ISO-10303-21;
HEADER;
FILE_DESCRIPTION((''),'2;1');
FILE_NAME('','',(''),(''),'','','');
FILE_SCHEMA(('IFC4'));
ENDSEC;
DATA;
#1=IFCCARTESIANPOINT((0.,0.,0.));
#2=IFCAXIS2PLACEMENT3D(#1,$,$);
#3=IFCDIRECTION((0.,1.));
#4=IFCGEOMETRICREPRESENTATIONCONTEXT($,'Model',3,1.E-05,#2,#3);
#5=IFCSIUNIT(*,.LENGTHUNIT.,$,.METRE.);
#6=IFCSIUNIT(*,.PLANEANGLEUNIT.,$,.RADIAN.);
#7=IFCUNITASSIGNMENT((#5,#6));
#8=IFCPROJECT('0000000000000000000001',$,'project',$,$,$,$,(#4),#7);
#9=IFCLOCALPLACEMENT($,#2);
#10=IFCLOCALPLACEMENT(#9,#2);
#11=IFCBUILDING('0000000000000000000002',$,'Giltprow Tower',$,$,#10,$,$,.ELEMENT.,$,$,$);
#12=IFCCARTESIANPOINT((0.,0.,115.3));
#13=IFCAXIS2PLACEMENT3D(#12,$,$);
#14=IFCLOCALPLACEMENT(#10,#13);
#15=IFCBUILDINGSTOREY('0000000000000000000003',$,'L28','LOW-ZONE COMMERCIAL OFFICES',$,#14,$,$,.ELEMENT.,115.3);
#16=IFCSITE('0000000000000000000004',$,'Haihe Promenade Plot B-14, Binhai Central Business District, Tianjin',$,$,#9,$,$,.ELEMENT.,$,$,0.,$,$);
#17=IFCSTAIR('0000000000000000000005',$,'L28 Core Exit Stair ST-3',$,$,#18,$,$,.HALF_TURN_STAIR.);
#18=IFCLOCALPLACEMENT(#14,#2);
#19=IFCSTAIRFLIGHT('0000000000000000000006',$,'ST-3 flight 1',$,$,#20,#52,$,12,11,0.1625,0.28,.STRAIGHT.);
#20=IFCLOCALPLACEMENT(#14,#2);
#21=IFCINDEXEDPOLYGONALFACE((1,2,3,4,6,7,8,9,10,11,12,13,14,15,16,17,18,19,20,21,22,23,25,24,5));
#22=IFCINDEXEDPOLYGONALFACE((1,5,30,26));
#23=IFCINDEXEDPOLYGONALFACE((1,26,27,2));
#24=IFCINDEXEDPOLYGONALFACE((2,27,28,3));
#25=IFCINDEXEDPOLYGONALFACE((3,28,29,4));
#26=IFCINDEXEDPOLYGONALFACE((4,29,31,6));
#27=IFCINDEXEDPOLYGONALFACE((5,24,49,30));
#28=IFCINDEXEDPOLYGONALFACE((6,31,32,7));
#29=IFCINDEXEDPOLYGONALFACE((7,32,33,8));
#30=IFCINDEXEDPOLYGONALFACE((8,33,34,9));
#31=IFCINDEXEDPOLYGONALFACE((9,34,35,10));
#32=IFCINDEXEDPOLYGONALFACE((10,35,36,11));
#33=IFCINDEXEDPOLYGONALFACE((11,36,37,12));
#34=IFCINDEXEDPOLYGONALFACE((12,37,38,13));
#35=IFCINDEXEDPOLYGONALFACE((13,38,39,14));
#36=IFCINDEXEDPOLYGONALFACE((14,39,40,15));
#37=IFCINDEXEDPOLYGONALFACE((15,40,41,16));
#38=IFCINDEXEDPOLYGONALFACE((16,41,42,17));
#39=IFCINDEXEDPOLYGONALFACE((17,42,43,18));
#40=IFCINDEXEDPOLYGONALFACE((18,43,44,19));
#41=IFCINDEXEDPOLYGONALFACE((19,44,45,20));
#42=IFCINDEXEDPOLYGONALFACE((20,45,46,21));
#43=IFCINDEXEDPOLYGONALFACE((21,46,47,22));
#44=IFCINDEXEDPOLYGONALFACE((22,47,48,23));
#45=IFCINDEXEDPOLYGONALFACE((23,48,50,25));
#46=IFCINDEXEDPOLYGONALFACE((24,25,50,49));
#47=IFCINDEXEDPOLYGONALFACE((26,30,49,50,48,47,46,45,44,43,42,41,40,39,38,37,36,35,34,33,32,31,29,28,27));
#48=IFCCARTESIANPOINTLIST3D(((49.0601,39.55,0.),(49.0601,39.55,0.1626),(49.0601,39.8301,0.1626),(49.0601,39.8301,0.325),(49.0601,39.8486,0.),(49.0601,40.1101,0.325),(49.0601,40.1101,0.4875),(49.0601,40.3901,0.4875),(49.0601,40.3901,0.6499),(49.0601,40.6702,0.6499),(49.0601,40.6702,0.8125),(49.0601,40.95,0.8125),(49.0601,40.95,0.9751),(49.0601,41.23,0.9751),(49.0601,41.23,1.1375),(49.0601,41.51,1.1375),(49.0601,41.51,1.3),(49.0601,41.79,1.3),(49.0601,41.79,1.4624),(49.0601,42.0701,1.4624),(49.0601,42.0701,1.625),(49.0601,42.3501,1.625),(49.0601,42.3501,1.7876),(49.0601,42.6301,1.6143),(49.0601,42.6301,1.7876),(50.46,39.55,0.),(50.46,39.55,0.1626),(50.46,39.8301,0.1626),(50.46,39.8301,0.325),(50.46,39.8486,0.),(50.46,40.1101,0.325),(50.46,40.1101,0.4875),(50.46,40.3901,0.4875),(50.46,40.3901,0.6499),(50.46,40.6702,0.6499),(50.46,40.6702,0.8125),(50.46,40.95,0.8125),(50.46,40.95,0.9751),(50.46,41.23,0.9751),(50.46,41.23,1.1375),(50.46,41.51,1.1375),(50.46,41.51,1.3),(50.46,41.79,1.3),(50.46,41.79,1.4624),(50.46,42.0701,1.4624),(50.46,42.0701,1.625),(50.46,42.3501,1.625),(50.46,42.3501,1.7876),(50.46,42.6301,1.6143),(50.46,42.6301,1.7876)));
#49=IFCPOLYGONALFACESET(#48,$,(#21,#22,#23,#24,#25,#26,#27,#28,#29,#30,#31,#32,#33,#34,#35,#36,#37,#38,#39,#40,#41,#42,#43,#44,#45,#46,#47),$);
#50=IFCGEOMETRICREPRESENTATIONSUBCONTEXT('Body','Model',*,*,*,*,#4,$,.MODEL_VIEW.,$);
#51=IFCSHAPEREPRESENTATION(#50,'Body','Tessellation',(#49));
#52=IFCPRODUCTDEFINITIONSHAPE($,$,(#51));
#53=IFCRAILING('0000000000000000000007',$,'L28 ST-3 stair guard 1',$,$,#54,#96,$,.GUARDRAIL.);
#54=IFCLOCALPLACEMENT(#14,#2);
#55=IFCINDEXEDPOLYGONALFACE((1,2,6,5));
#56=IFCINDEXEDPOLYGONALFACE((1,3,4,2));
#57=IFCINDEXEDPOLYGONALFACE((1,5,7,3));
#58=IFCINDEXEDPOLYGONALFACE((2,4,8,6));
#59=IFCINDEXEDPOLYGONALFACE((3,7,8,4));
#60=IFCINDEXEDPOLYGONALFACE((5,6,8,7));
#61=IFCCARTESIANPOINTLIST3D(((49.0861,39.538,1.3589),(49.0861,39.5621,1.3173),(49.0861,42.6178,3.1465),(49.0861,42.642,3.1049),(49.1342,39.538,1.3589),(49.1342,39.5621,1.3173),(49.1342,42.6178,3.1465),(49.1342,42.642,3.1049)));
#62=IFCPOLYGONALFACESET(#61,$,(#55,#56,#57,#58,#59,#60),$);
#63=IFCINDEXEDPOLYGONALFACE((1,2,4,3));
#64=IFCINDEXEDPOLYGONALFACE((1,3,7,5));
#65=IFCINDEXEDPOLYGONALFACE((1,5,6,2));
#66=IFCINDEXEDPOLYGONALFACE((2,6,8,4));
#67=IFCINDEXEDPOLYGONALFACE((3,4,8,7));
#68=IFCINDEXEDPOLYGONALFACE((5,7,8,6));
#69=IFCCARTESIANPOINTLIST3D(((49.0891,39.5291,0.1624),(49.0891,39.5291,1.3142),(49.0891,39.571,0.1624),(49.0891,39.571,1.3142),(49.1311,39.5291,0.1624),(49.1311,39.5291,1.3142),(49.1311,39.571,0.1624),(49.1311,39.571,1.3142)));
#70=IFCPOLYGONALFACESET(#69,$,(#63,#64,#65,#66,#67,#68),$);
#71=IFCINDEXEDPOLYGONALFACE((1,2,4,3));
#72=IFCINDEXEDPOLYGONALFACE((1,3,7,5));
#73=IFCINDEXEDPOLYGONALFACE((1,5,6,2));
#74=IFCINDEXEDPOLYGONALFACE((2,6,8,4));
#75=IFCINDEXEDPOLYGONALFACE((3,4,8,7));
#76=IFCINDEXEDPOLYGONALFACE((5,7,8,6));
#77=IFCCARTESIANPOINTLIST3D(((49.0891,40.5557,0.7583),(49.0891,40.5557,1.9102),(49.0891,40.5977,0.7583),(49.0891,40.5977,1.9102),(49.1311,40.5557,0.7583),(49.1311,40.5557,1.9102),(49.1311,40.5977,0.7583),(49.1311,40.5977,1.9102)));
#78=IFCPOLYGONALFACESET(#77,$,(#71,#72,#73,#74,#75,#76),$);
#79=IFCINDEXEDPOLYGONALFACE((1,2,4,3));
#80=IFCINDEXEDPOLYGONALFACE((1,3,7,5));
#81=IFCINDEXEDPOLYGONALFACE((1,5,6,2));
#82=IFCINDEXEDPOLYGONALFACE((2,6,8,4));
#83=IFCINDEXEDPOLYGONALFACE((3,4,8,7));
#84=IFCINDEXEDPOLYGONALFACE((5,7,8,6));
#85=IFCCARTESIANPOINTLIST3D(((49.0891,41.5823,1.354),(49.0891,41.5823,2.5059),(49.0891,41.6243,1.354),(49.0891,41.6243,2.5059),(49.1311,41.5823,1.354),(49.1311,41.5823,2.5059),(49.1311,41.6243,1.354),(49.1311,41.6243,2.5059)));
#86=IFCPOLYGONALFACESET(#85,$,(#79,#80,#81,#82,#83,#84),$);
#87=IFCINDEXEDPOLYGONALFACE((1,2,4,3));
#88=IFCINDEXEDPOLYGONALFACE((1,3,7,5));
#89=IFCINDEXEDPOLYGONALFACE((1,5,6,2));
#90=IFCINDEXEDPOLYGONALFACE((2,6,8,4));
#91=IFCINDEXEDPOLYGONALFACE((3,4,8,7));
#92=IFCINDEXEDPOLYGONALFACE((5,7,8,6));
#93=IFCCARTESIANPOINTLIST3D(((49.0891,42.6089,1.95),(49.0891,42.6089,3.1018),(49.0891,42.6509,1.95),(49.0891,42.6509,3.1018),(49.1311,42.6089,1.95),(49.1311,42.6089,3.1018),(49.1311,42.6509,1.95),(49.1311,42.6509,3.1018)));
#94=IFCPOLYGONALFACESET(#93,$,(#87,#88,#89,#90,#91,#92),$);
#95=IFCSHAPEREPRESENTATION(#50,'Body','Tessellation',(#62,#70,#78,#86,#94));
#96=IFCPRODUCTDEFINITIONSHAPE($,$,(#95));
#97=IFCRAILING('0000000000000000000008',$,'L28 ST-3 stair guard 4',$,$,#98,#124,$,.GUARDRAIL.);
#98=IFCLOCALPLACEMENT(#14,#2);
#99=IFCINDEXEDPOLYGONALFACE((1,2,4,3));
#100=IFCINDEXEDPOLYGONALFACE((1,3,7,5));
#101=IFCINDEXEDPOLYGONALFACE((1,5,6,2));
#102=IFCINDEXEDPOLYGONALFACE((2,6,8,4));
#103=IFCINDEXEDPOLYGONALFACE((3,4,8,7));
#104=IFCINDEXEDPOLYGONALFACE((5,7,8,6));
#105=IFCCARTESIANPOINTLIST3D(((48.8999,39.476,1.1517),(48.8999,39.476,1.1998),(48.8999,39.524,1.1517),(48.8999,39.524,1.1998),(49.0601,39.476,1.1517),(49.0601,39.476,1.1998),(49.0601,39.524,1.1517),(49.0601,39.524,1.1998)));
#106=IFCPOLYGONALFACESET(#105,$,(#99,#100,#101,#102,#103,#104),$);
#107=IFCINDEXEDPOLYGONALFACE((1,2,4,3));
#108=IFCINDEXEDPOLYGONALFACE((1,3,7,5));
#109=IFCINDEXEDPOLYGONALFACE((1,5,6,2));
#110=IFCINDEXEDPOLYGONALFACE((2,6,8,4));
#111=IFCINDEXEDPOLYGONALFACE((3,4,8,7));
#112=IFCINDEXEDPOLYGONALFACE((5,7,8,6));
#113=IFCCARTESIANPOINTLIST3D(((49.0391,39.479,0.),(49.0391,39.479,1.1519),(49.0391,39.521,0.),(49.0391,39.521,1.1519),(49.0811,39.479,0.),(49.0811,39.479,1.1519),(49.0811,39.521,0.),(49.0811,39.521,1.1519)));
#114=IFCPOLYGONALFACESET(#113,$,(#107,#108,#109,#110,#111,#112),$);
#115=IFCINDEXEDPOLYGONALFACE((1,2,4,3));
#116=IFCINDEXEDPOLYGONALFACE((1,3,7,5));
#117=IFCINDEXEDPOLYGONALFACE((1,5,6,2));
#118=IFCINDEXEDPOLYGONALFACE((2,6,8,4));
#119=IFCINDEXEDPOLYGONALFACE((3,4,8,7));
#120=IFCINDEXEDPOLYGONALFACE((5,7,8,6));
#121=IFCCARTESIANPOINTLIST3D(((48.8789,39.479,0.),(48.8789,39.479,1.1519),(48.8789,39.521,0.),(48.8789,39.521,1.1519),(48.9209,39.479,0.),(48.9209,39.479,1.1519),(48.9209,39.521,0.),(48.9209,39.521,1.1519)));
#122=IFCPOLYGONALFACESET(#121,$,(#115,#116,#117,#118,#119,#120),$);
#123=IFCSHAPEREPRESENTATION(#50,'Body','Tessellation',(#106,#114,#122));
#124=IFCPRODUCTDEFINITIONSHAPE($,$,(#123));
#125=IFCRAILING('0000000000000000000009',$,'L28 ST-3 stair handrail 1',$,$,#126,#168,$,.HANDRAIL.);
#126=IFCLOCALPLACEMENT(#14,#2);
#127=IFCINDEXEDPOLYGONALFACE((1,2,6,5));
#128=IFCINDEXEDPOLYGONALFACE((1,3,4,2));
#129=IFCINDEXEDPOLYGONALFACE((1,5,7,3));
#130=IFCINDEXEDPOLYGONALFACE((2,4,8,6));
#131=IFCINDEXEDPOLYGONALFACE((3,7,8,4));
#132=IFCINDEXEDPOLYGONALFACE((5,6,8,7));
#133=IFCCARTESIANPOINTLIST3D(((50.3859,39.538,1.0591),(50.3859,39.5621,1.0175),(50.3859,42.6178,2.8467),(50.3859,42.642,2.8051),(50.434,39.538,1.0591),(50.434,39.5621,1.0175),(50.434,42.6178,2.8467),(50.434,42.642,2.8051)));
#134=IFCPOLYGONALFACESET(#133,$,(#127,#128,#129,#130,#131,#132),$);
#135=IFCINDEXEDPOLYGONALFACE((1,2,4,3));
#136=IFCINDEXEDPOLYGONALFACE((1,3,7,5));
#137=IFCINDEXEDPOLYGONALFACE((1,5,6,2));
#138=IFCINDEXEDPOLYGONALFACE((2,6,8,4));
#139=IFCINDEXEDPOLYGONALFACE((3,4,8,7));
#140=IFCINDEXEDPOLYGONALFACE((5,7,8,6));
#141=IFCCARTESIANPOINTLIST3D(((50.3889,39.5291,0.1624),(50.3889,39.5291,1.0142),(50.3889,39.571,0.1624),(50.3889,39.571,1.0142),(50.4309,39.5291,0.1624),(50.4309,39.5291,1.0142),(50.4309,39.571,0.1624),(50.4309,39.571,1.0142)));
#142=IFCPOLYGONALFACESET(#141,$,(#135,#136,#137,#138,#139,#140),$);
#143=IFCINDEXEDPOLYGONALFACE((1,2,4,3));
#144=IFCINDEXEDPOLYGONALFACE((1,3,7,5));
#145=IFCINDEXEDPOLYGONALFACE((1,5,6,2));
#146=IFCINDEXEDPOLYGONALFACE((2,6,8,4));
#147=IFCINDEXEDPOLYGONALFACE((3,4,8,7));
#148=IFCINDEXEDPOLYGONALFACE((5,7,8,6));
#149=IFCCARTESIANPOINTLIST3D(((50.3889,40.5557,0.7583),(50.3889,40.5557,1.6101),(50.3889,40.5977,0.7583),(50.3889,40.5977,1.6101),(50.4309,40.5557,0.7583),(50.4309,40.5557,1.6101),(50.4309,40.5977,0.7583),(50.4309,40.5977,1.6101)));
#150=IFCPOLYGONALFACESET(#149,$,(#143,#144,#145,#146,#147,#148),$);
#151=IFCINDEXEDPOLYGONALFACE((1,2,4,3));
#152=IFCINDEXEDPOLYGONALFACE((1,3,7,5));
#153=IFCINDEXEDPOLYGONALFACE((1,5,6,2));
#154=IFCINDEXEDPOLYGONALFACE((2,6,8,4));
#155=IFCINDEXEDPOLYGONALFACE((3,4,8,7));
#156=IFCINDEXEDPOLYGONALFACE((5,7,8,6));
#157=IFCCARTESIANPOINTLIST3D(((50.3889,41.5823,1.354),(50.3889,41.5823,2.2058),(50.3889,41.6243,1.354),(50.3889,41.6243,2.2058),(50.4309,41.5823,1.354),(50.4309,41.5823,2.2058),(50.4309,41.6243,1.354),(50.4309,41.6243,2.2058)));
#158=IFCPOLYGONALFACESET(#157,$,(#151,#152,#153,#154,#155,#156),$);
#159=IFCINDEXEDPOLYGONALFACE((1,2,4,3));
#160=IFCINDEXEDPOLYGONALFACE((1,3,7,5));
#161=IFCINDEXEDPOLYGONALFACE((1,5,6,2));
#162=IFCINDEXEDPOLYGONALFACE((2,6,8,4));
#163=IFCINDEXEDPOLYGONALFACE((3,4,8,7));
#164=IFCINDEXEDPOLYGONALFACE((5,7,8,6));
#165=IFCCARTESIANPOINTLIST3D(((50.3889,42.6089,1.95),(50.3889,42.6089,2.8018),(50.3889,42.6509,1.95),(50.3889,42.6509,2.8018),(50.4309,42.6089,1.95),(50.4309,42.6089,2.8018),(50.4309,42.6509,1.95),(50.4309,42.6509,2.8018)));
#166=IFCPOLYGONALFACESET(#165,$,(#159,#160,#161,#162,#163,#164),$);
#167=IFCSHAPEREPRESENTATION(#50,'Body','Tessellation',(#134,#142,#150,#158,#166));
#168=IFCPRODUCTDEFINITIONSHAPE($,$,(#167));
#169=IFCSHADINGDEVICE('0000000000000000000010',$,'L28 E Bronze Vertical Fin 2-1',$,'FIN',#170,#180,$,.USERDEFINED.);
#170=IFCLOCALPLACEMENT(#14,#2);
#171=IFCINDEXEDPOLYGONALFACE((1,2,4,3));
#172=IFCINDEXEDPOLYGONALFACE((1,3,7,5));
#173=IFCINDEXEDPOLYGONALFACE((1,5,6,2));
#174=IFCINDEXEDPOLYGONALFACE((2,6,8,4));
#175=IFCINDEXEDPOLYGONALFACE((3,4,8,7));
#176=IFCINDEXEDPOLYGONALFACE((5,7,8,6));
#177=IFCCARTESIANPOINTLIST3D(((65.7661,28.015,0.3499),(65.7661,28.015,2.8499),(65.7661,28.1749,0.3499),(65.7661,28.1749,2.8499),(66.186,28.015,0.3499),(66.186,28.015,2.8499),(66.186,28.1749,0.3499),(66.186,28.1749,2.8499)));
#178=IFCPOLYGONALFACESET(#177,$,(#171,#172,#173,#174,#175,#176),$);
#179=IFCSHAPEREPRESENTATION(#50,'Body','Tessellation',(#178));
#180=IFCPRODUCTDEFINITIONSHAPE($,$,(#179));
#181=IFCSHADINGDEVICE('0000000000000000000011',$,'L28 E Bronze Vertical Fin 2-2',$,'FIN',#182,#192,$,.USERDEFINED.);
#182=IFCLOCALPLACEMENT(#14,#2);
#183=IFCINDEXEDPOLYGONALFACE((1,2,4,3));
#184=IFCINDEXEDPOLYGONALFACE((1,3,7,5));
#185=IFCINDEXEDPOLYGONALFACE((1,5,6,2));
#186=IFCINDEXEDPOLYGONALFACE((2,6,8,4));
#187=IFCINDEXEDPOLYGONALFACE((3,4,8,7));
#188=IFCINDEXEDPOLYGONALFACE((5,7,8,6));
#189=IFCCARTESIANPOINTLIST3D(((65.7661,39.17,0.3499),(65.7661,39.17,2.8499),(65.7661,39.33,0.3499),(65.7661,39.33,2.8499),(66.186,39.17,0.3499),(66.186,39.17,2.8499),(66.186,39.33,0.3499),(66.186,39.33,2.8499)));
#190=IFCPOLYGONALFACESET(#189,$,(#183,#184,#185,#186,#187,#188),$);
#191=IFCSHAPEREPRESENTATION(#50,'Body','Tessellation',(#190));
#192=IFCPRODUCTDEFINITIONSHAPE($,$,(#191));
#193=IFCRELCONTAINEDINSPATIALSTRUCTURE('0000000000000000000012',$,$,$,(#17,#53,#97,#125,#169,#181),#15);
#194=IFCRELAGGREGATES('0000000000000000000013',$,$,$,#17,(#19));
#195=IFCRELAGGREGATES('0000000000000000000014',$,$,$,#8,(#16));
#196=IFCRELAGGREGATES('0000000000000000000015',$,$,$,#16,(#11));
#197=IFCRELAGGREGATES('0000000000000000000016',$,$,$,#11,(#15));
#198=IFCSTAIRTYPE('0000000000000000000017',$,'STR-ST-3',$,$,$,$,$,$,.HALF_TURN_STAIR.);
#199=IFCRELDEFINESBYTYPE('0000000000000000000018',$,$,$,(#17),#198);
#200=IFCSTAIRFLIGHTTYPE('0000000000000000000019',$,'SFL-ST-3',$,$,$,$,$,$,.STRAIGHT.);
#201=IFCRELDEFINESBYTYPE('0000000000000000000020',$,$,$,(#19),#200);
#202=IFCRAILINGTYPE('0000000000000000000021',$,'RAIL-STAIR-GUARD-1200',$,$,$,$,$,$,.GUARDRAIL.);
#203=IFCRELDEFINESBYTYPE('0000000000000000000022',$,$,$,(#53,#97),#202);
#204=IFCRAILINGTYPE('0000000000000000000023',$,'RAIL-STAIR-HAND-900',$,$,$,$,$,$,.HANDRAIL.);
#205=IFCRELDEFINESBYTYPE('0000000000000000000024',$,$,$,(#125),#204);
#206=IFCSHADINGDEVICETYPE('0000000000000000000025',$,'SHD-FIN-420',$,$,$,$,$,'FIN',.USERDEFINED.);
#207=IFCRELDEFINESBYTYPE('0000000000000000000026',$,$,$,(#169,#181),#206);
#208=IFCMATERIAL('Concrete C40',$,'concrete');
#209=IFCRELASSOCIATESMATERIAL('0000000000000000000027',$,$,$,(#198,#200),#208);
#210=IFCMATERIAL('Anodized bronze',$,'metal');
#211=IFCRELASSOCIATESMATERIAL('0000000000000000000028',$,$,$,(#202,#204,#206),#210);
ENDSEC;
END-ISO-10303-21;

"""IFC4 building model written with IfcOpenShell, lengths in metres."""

from ifc_helpers import new_model, si_unit, direction, frame, origin, origin_2d, place, context, subcontext, project, spatial, polyline, rectangle, outline, extrude, source, transform, mapped, material, type_object, element, aggregate, save


model = new_model("IFC4")

# Units and contexts
model_context = context("Model", 3, precision=1e-05, world=origin(), true_north=direction((0.0, 1.0)))
body_context = subcontext(model_context, "Body", "Model", "MODEL_VIEW")
ifc_project = project(units=[si_unit("LENGTHUNIT", "METRE"), si_unit("PLANEANGLEUNIT", "RADIAN")], contexts=[model_context])

# Site, building, storey
site_placement = place(None, origin())
site = spatial("IfcSite", under=ifc_project, at=site_placement, Name="Haihe Promenade Plot B-14, Binhai Central Business District, Tianjin", CompositionType="ELEMENT", RefElevation=0.0)
building_placement = place(site_placement, origin())
building = spatial("IfcBuilding", under=site, at=building_placement, Name="Giltprow Tower", CompositionType="ELEMENT")
storey_placement = place(building_placement, frame((0.0, 0.0, 115.3)))
storey = spatial("IfcBuildingStorey", under=building, at=storey_placement, Name="L28", Description="LOW-ZONE COMMERCIAL OFFICES", CompositionType="ELEMENT", Elevation=115.3)

# Shared definitions
ifc_material_1 = material(Name="Concrete C40", Category="concrete")

# Stair, stair flight
stair_type = type_object("IfcStairType", Name="STR-ST-3", PredefinedType="HALF_TURN_STAIR", material=ifc_material_1)
stair_placement = place(storey_placement, origin())
stair = element("IfcStair", 1, at=stair_placement, inside=storey, type_object=stair_type, Name="L28 Core Exit Stair ST-3", PredefinedType="HALF_TURN_STAIR")
stair_flight_type = type_object("IfcStairFlightType", Name="SFL-ST-3", PredefinedType="STRAIGHT", material=ifc_material_1)
stair_flight_placement = place(storey_placement, frame((49.76, 39.55, 0.0), z_axis=(0.0, 0.0, 1.0), x_axis=(0.0, 1.0, 0.0)))
stair_flight = element("IfcStairFlight", 2, at=stair_flight_placement, type_object=stair_flight_type, Name="ST-3 flight 1", NumberOfRisers=12, NumberOfTreads=11, PredefinedType="STRAIGHT", RiserHeight=0.1625, TreadLength=0.28, context=body_context, shape_type="SweptSolid", body=[
    extrude(outline(polyline([(0.0, 0.0), (0.0, 0.1626), (0.28, 0.1626), (0.28, 0.325), (0.5601, 0.325), (0.5601, 0.4875), (0.8401, 0.4875), (0.8401, 0.6499), (1.1201, 0.6499), (1.1201, 0.8125), (1.3999, 0.8125), (1.3999, 0.9751), (1.6799, 0.9751), (1.6799, 1.1375), (1.96, 1.1375), (1.96, 1.3), (2.24, 1.3), (2.24, 1.4624), (2.52, 1.4624), (2.52, 1.625), (2.8, 1.625), (2.8, 1.7876), (3.0801, 1.7876), (3.0801, 1.95), (3.0801, 1.6143), (0.2986, 0.0), (0.0, 0.0)])), frame((0.0, 0.7, 0.0), z_axis=(0.0, -1.0, 0.0), x_axis=(1.0, 0.0, 0.0)), (0.0, 0.0, 1.0), 1.3999),
])
aggregate(stair, [stair_flight])

# Railings
ifc_material_2 = material(Name="Anodized bronze", Category="metal")
railing_type_1 = type_object("IfcRailingType", Name="RAIL-STAIR-GUARD-1200", PredefinedType="GUARDRAIL", material=ifc_material_2)
railing_1_placement = place(storey_placement, frame((49.1101, 39.55, 0.1624)))
element("IfcRailing", 3, at=railing_1_placement, inside=storey, type_object=railing_type_1, Name="L28 ST-3 stair guard 1", PredefinedType="GUARDRAIL", context=body_context, shape_type="SweptSolid", body=[
    extrude(rectangle(XDim=0.0481, YDim=0.0481, at=origin_2d()), frame((0.0, 0.0, 1.1758), z_axis=(0.0, 0.864873, 0.50199), x_axis=(-1.0, 0.0, 0.0)), (0.0, 0.0, 1.0), 3.561),
    extrude(rectangle(XDim=0.042, YDim=0.042, at=origin_2d()), origin(), (0.0, 0.0, 1.0), 1.1519),
    extrude(rectangle(XDim=0.042, YDim=0.042, at=origin_2d()), frame((0.0, 1.0266, 0.5959)), (0.0, 0.0, 1.0), 1.1519),
    extrude(rectangle(XDim=0.042, YDim=0.042, at=origin_2d()), frame((0.0, 2.0532, 1.1917)), (0.0, 0.0, 1.0), 1.1519),
    extrude(rectangle(XDim=0.042, YDim=0.042, at=origin_2d()), frame((0.0, 3.0798, 1.7876)), (0.0, 0.0, 1.0), 1.1519),
])
railing_2_placement = place(storey_placement, frame((49.0601, 39.5, 0.0)))
element("IfcRailing", 4, at=railing_2_placement, inside=storey, type_object=railing_type_1, Name="L28 ST-3 stair guard 4", PredefinedType="GUARDRAIL", context=body_context, shape_type="SweptSolid", body=[
    extrude(rectangle(XDim=0.0481, YDim=0.0481, at=origin_2d()), frame((0.0, 0.0, 1.1758), z_axis=(-1.0, 0.0, 0.0), x_axis=(0.0, -1.0, 0.0)), (0.0, 0.0, 1.0), 0.1602),
    extrude(rectangle(XDim=0.042, YDim=0.042, at=origin_2d()), origin(), (0.0, 0.0, 1.0), 1.1519),
    extrude(rectangle(XDim=0.042, YDim=0.042, at=origin_2d()), frame((-0.1602, 0.0, 0.0)), (0.0, 0.0, 1.0), 1.1519),
])
railing_type_2 = type_object("IfcRailingType", Name="RAIL-STAIR-HAND-900", PredefinedType="HANDRAIL", material=ifc_material_2)
railing_3_placement = place(storey_placement, frame((50.4099, 39.55, 0.1624)))
element("IfcRailing", 5, at=railing_3_placement, inside=storey, type_object=railing_type_2, Name="L28 ST-3 stair handrail 1", PredefinedType="HANDRAIL", context=body_context, shape_type="SweptSolid", body=[
    extrude(rectangle(XDim=0.0481, YDim=0.0481, at=origin_2d()), frame((0.0, 0.0, 0.876), z_axis=(0.0, 0.864873, 0.50199), x_axis=(-1.0, 0.0, 0.0)), (0.0, 0.0, 1.0), 3.561),
    extrude(rectangle(XDim=0.042, YDim=0.042, at=origin_2d()), origin(), (0.0, 0.0, 1.0), 0.8518),
    extrude(rectangle(XDim=0.042, YDim=0.042, at=origin_2d()), frame((0.0, 1.0266, 0.5959)), (0.0, 0.0, 1.0), 0.8518),
    extrude(rectangle(XDim=0.042, YDim=0.042, at=origin_2d()), frame((0.0, 2.0532, 1.1917)), (0.0, 0.0, 1.0), 0.8518),
    extrude(rectangle(XDim=0.042, YDim=0.042, at=origin_2d()), frame((0.0, 3.0798, 1.7876)), (0.0, 0.0, 1.0), 0.8518),
])

# Shading devices
shading_device_type = type_object("IfcShadingDeviceType", Name="SHD-FIN-420", ElementType="FIN", PredefinedType="USERDEFINED", material=ifc_material_2)
shared_shape_1 = source(origin(), body_context, "Body", "SweptSolid", [
    extrude(rectangle(XDim=0.4199, YDim=0.1599, at=origin_2d()), origin(), (0.0, 0.0, 1.0), 2.5),
])
for number, where, z_axis, x_axis, name in (
    (6, (65.9761, 28.095, 0.3499), (0.0, 0.0, 1.0), (1.0, 0.0, 0.0), "L28 E Bronze Vertical Fin 2-1"),
    (7, (65.9761, 39.25, 0.3499), (0.0, 0.0, 1.0), (1.0, 0.0, 0.0), "L28 E Bronze Vertical Fin 2-2"),
):
    element("IfcShadingDevice", number, at=place(storey_placement, frame(where, z_axis=z_axis, x_axis=x_axis)), inside=storey, type_object=shading_device_type, Name=name, ObjectType="FIN", PredefinedType="USERDEFINED", context=body_context, shape_type="MappedRepresentation", body=[
        mapped(shared_shape_1, transform((0.0, 0.0, 0.0), x_axis=(1.0, 0.0, 0.0), y_axis=(0.0, 1.0, 0.0), z_axis=(0.0, 0.0, 1.0), scale=1.0)),
    ])

save(model, "model.ifc")
